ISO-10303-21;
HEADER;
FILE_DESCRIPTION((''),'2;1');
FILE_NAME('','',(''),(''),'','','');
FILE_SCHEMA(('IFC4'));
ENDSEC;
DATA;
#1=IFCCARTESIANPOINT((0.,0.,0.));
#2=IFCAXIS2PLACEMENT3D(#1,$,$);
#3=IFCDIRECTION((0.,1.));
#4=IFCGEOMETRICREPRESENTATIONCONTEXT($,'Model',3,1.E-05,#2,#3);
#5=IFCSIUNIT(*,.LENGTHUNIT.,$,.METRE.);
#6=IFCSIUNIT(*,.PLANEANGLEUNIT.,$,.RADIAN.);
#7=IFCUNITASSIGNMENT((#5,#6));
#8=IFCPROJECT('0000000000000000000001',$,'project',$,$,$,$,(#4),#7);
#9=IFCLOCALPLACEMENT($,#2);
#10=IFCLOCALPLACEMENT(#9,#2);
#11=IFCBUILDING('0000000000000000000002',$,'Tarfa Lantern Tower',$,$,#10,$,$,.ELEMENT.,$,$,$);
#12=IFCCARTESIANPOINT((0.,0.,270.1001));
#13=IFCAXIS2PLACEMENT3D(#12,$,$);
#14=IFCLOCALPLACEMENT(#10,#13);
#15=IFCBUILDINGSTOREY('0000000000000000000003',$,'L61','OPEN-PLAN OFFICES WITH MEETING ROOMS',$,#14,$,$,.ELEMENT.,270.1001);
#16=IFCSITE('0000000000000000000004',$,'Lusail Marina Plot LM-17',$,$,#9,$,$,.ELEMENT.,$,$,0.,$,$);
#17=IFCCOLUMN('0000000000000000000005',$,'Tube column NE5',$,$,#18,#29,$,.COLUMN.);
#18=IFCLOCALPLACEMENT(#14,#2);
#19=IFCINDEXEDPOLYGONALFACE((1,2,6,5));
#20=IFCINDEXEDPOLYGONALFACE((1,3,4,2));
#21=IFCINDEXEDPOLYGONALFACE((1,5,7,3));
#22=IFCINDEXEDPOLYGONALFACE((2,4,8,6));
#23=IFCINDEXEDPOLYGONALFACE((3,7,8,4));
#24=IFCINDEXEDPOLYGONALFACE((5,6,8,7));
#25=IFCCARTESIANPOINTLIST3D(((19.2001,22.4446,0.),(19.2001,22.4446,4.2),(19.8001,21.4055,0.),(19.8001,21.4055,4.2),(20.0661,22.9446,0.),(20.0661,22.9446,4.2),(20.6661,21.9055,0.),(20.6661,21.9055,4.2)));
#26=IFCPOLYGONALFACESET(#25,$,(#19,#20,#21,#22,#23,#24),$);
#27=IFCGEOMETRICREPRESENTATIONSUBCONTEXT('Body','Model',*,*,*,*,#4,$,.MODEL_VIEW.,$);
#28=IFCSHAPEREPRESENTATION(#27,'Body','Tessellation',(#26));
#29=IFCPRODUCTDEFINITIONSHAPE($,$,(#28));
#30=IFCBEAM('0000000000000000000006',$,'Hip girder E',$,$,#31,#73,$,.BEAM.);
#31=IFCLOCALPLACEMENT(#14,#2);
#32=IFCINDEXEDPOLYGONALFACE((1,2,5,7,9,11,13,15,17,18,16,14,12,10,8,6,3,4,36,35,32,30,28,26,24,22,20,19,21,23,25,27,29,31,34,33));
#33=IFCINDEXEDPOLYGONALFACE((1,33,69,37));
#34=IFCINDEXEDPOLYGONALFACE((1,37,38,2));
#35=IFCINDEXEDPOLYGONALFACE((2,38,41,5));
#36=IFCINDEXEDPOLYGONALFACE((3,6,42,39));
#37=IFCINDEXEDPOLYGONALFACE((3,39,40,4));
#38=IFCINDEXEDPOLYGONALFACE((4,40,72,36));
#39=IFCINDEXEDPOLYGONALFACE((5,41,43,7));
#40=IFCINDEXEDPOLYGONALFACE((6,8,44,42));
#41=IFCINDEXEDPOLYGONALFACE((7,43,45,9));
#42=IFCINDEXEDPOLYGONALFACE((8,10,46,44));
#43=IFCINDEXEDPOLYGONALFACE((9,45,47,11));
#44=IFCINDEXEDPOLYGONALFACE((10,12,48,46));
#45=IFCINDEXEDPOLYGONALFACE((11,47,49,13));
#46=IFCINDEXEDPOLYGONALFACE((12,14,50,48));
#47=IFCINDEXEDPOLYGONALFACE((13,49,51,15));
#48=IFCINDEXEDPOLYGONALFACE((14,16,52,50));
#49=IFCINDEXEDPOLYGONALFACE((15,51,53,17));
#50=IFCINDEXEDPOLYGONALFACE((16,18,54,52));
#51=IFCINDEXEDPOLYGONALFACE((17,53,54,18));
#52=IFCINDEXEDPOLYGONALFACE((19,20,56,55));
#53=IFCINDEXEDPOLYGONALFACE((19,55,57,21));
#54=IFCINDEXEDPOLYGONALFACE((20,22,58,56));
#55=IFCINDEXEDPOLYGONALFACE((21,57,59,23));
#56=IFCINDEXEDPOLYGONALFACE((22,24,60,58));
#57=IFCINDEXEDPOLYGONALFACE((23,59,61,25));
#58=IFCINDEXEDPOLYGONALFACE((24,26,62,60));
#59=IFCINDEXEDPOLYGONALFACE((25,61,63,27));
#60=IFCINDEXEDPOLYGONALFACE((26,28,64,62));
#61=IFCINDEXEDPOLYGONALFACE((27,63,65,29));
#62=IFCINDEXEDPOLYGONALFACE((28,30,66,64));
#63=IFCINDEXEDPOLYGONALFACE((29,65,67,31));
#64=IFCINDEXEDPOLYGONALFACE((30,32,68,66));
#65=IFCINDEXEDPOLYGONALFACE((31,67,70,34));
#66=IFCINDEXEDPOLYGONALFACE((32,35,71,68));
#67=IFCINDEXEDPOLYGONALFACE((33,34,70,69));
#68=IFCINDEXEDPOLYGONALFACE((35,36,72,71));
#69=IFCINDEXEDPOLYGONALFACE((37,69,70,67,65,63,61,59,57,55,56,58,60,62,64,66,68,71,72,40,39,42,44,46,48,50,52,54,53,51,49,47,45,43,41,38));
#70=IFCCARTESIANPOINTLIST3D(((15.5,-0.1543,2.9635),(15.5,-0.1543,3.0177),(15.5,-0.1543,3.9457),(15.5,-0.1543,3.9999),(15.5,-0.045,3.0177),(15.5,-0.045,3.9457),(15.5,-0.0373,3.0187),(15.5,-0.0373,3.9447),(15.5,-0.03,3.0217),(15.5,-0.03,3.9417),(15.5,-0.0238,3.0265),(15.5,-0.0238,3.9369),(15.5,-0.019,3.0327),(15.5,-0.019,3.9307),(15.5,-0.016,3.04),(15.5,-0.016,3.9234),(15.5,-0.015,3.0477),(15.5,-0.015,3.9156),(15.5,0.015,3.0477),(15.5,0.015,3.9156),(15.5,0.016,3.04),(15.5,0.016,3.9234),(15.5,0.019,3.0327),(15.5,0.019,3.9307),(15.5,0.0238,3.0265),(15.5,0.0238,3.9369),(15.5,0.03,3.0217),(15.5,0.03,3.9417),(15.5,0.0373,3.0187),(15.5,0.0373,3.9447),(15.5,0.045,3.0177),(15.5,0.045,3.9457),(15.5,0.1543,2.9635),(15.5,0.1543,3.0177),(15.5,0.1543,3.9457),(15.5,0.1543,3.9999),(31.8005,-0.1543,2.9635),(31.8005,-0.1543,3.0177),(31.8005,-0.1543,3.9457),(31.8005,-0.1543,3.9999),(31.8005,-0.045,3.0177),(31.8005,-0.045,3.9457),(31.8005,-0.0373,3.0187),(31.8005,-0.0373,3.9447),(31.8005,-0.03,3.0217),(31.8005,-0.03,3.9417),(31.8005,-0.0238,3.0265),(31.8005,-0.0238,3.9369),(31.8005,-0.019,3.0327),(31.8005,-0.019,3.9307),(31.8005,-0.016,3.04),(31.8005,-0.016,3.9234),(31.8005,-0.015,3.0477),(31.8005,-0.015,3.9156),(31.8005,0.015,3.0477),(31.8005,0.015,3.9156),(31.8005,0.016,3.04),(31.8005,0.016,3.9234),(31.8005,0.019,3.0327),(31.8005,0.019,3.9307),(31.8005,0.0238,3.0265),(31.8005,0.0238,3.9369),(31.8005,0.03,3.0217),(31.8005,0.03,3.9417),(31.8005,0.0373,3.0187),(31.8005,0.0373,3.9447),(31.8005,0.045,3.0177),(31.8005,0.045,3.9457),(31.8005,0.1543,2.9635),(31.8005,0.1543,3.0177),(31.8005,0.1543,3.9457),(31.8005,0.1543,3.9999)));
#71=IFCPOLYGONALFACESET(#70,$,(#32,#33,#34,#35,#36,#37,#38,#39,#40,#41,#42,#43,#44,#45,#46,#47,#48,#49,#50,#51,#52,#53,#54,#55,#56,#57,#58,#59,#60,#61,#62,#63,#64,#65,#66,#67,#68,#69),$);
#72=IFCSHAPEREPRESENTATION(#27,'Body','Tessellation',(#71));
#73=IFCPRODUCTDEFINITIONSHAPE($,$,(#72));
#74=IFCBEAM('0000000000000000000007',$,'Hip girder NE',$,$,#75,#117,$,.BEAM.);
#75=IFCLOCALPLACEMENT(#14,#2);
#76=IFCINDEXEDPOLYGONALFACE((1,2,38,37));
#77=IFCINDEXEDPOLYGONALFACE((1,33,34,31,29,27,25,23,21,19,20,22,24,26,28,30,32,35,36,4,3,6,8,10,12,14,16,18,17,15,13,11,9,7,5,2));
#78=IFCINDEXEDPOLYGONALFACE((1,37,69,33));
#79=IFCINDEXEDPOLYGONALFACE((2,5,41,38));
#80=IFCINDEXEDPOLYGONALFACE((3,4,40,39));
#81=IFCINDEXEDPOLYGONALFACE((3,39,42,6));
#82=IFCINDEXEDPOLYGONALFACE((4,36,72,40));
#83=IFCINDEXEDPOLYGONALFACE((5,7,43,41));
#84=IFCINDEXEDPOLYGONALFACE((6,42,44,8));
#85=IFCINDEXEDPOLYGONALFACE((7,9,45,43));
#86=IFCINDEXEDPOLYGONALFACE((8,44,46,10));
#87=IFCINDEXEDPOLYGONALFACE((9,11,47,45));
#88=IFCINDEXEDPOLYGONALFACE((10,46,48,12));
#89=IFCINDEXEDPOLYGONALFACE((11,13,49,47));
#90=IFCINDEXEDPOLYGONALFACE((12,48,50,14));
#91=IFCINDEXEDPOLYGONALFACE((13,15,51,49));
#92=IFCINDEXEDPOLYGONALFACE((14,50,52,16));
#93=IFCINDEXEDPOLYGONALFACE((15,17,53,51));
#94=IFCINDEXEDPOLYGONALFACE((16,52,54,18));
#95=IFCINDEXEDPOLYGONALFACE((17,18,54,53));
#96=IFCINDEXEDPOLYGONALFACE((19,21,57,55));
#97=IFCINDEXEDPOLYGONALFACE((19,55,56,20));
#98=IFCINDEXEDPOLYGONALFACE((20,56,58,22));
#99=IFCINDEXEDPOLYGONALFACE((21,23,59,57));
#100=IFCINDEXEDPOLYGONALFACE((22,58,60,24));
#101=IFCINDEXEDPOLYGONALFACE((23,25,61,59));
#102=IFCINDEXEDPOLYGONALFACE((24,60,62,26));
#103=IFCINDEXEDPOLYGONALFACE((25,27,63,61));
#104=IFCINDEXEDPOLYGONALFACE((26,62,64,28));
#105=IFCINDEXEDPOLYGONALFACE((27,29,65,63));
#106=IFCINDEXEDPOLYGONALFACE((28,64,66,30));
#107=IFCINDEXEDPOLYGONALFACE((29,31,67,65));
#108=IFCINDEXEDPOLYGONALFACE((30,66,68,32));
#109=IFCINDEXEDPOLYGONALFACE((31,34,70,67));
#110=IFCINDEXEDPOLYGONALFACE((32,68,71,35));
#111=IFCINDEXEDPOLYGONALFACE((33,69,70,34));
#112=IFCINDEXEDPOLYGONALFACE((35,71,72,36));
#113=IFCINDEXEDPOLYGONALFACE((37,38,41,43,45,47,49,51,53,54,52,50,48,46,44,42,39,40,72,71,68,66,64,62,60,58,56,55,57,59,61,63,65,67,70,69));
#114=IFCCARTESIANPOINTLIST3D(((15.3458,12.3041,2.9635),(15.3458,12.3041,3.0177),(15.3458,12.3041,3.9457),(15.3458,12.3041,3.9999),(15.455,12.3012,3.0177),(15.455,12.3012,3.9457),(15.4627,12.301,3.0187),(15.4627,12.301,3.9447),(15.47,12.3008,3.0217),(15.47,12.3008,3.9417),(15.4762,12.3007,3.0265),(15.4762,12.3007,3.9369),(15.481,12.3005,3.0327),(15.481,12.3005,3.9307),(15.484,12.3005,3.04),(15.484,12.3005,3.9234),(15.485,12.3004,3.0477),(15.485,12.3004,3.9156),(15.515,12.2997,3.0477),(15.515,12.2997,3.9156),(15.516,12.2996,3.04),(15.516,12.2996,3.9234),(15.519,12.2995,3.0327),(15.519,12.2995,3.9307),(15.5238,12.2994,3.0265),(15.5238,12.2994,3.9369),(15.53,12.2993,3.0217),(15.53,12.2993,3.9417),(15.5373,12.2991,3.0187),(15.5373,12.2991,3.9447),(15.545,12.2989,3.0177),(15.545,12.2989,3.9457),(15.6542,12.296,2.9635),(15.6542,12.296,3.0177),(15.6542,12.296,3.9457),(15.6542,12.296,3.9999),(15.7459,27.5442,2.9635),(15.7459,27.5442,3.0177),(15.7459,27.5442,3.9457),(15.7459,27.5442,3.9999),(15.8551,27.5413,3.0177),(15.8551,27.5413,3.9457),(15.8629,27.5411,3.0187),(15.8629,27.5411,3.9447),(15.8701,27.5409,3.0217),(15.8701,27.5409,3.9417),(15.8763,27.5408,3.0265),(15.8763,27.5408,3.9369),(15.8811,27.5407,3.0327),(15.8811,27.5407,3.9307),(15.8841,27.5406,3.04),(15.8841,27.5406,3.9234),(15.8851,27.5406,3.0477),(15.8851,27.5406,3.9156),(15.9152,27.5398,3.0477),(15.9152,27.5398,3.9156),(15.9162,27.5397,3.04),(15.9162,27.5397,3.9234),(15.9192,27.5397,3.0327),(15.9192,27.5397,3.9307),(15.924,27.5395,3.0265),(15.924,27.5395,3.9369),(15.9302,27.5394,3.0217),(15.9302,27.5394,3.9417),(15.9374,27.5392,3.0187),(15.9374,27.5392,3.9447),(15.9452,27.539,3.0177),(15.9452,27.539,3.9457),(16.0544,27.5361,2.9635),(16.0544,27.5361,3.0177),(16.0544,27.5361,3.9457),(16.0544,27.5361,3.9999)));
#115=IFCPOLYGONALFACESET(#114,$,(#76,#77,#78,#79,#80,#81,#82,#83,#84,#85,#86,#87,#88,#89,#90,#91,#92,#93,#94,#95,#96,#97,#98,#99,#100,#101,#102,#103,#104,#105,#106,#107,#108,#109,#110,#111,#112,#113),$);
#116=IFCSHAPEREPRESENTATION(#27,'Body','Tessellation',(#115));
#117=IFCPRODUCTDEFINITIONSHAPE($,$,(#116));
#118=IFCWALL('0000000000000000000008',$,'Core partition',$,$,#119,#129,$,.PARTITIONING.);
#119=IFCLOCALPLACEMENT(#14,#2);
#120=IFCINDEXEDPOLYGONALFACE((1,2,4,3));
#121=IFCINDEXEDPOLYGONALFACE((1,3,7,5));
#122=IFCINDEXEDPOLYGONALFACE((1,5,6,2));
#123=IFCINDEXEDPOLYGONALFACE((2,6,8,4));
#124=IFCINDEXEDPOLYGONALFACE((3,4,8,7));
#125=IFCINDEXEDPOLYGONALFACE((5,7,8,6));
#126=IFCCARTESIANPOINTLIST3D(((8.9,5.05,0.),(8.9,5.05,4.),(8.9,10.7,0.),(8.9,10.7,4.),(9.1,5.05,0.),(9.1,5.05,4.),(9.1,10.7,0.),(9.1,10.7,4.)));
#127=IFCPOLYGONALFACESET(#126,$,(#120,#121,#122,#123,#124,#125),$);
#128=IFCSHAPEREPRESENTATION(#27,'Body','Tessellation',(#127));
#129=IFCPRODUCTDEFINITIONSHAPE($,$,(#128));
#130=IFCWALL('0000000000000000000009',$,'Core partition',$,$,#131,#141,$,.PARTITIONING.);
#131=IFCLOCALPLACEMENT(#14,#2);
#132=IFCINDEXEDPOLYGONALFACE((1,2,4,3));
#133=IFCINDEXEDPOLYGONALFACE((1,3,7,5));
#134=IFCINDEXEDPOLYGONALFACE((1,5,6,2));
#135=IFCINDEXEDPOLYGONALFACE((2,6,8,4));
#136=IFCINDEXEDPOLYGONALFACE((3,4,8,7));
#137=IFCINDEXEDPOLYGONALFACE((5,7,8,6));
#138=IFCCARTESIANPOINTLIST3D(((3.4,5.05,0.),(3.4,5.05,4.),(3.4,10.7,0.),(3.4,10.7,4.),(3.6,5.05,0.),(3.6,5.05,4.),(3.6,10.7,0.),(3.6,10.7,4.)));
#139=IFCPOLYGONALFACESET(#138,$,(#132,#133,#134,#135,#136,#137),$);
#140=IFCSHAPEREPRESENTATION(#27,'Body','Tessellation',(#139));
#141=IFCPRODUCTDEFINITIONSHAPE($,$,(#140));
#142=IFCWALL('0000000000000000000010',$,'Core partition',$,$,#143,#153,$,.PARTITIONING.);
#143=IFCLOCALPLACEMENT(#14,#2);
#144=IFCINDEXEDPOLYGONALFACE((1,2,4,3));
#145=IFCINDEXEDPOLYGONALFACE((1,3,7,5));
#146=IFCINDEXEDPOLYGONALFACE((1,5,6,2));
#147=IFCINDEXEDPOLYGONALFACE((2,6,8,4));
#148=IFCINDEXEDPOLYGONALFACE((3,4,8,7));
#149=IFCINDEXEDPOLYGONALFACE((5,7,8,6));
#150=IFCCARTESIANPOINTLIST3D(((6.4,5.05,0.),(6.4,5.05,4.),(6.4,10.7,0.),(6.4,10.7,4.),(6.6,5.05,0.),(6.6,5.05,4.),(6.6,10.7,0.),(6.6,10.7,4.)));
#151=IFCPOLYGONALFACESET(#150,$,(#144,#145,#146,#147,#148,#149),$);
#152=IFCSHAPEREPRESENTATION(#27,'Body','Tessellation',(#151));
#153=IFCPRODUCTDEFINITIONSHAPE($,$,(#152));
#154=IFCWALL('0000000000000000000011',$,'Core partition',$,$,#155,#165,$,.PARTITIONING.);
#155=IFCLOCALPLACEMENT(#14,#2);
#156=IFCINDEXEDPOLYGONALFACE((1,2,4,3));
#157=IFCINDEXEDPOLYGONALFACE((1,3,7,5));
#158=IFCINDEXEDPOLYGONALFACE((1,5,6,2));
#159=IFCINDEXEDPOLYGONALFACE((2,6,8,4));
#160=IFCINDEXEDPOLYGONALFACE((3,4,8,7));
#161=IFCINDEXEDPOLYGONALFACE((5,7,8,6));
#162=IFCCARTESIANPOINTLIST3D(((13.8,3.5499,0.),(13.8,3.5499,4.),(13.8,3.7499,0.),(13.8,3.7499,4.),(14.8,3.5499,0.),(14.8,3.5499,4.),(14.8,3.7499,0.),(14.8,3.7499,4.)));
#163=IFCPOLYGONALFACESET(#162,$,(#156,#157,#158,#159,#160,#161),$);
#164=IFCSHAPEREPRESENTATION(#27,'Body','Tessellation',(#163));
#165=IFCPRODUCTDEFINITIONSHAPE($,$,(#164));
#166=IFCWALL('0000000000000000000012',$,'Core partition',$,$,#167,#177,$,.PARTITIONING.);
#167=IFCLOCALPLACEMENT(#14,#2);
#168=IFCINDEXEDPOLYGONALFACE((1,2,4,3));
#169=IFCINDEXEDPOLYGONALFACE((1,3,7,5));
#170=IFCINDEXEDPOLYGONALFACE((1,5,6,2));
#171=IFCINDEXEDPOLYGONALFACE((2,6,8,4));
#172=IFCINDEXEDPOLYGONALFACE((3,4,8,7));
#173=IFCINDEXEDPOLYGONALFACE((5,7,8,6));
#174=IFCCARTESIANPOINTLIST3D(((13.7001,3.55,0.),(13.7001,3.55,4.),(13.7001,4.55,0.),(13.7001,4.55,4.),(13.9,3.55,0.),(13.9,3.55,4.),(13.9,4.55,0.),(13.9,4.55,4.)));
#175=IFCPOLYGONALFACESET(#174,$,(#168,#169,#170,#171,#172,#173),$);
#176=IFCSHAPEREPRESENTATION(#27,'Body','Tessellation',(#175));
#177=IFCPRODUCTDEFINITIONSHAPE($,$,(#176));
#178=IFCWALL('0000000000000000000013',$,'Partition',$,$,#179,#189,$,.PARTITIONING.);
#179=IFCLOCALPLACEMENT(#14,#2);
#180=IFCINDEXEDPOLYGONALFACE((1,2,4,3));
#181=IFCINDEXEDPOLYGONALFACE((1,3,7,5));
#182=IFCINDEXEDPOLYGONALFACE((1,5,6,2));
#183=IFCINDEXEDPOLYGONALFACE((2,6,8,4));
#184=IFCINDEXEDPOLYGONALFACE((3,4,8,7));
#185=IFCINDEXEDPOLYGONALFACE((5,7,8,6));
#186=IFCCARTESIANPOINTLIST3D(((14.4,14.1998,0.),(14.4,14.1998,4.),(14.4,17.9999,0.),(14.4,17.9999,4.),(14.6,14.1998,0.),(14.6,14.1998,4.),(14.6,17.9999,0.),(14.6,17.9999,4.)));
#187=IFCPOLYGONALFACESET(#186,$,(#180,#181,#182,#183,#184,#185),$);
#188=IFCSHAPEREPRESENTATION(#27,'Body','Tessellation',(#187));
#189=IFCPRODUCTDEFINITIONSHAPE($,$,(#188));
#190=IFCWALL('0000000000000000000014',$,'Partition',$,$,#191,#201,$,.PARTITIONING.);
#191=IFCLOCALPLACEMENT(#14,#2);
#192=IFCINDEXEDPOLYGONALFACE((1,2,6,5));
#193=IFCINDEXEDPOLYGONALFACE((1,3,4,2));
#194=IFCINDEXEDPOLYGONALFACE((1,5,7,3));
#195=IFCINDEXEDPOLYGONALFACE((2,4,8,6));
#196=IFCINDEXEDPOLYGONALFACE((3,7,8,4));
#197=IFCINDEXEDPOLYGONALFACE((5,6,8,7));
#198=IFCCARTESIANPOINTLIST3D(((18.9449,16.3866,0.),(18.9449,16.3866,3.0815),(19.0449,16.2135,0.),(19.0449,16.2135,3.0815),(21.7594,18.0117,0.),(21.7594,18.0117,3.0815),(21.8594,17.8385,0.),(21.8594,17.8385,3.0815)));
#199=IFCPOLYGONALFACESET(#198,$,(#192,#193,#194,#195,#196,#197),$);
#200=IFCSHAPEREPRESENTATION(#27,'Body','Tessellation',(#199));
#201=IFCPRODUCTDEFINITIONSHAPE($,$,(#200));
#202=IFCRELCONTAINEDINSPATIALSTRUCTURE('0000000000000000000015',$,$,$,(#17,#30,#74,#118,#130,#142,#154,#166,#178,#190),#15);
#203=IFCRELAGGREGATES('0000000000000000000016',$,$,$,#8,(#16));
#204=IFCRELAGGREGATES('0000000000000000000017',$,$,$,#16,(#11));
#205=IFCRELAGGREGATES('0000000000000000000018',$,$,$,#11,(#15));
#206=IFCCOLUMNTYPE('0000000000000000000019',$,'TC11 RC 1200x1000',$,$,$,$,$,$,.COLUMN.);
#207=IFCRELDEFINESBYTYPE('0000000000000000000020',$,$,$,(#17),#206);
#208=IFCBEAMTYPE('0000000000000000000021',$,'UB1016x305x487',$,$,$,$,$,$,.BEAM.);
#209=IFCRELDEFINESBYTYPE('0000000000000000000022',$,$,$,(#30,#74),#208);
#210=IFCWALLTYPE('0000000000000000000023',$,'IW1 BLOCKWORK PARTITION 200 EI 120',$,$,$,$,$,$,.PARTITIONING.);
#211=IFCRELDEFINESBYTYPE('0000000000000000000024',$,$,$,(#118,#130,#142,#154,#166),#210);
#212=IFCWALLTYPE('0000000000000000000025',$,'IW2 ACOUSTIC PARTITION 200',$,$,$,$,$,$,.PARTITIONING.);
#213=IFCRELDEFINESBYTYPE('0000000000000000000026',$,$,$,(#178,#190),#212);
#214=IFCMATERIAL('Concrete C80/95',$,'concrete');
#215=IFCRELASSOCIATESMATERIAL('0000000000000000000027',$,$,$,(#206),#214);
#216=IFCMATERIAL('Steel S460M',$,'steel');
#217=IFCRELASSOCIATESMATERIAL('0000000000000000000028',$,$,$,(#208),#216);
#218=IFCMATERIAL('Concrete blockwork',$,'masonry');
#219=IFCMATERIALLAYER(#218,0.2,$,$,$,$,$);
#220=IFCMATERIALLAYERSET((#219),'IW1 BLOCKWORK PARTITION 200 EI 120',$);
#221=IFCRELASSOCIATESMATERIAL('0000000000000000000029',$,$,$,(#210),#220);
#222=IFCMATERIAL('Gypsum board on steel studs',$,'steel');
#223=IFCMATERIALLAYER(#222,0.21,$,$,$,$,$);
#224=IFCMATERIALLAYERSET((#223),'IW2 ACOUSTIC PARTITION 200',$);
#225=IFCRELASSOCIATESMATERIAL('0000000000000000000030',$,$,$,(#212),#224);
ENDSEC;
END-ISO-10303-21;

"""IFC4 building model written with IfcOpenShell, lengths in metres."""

from ifc_helpers import new_model, si_unit, direction, frame, frame_2d, origin, origin_2d, place, context, subcontext, project, spatial, rectangle, i_section, extrude, material, layer, layer_set, material_profile, profile_set, type_object, element, save


model = new_model("IFC4")

# Units and contexts
model_context = context("Model", 3, precision=1e-05, world=origin(), true_north=direction((0.0, 1.0)))
body_context = subcontext(model_context, "Body", "Model", "MODEL_VIEW")
ifc_project = project(units=[si_unit("LENGTHUNIT", "METRE"), si_unit("PLANEANGLEUNIT", "RADIAN")], contexts=[model_context])

# Site, building, storey
site_placement = place(None, origin())
site = spatial("IfcSite", under=ifc_project, at=site_placement, Name="Lusail Marina Plot LM-17", CompositionType="ELEMENT", RefElevation=0.0)
building_placement = place(site_placement, origin())
building = spatial("IfcBuilding", under=site, at=building_placement, Name="Tarfa Lantern Tower", CompositionType="ELEMENT")
storey_placement = place(building_placement, frame((0.0, 0.0, 270.1001)))
storey = spatial("IfcBuildingStorey", under=building, at=storey_placement, Name="L61", Description="OPEN-PLAN OFFICES WITH MEETING ROOMS", CompositionType="ELEMENT", Elevation=270.1001)

# Column
ifc_material_1 = material(Name="Concrete C80/95", Category="concrete")
ifc_material_profile_1 = material_profile(ifc_material_1, rectangle(XDim=1.2, YDim=1.0, at=origin_2d()), Name="RC 1200x1000")
ifc_profile_set_1 = profile_set([ifc_material_profile_1], Name="Concrete C80/95")
column_type = type_object("IfcColumnType", Name="TC11 RC 1200x1000", PredefinedType="COLUMN", material=ifc_profile_set_1)
column_placement = place(storey_placement, frame((19.9331, 22.175, 0.0), z_axis=(0.0, 0.0, 1.0), x_axis=(-0.5, 0.866025, 0.0)))
element("IfcColumn", 1, at=column_placement, inside=storey, type_object=column_type, Name="Tube column NE5", PredefinedType="COLUMN", context=body_context, shape_type="SweptSolid", body=[
    extrude(rectangle(XDim=1.2, YDim=1.0, at=origin_2d()), origin(), (0.0, 0.0, 1.0), 4.2),
])

# Beams
ifc_material_2 = material(Name="Steel S460M", Category="steel")
ifc_material_profile_2 = material_profile(ifc_material_2, i_section(OverallWidth=0.3086, OverallDepth=1.0364, WebThickness=0.03, FlangeThickness=0.0542, FilletRadius=0.03, at=origin_2d()), Name="UB1016x305x487")
ifc_profile_set_2 = profile_set([ifc_material_profile_2], Name="Steel S460M")
beam_type = type_object("IfcBeamType", Name="UB1016x305x487", PredefinedType="BEAM", material=ifc_profile_set_2)
beam_1_placement = place(storey_placement, frame((15.5, 0.0, 3.4817), z_axis=(1.0, 0.0, 0.0), x_axis=(0.0, 1.0, 0.0)))
element("IfcBeam", 2, at=beam_1_placement, inside=storey, type_object=beam_type, Name="Hip girder E", PredefinedType="BEAM", context=body_context, shape_type="SweptSolid", body=[
    extrude(i_section(OverallWidth=0.3086, OverallDepth=1.0364, WebThickness=0.03, FlangeThickness=0.0542, FilletRadius=0.03, at=origin_2d()), origin(), (0.0, 0.0, 1.0), 16.3005),
])
beam_2_placement = place(storey_placement, frame((15.5, 12.3, 3.4817), z_axis=(0.026247, 0.999655, 0.0), x_axis=(-0.999655, 0.026247, 0.0)))
element("IfcBeam", 3, at=beam_2_placement, inside=storey, type_object=beam_type, Name="Hip girder NE", PredefinedType="BEAM", context=body_context, shape_type="SweptSolid", body=[
    extrude(i_section(OverallWidth=0.3086, OverallDepth=1.0364, WebThickness=0.03, FlangeThickness=0.0542, FilletRadius=0.03, at=origin_2d()), origin(), (0.0, 0.0, 1.0), 15.2454),
])

# Walls
ifc_material_3 = material(Name="Concrete blockwork", Category="masonry")
ifc_layer_1 = layer(ifc_material_3, 0.2)
ifc_layer_set_1 = layer_set([ifc_layer_1], Name="IW1 BLOCKWORK PARTITION 200 EI 120")
wall_type_1 = type_object("IfcWallType", Name="IW1 BLOCKWORK PARTITION 200 EI 120", PredefinedType="PARTITIONING", material=ifc_layer_set_1)
for number, where, z_axis, x_axis, name in (
    (4, (9.0, 5.05, 0.0), (0.0, 0.0, 1.0), (0.0, 1.0, 0.0), "Core partition"),
    (5, (3.5, 5.05, 0.0), (0.0, 0.0, 1.0), (0.0, 1.0, 0.0), "Core partition"),
    (6, (6.5, 5.05, 0.0), (0.0, 0.0, 1.0), (0.0, 1.0, 0.0), "Core partition"),
):
    element("IfcWall", number, at=place(storey_placement, frame(where, z_axis=z_axis, x_axis=x_axis)), inside=storey, type_object=wall_type_1, Name=name, PredefinedType="PARTITIONING", context=body_context, shape_type="SweptSolid", body=[
        extrude(rectangle(XDim=5.6499, YDim=0.2, at=frame_2d((2.825, 0.0))), origin(), (0.0, 0.0, 1.0), 4.0),
    ])
for number, where, z_axis, x_axis, name in (
    (7, (13.8, 3.6499, 0.0), (0.0, 0.0, 1.0), (1.0, 0.0, 0.0), "Core partition"),
    (8, (13.8, 3.55, 0.0), (0.0, 0.0, 1.0), (0.0, 1.0, 0.0), "Core partition"),
):
    element("IfcWall", number, at=place(storey_placement, frame(where, z_axis=z_axis, x_axis=x_axis)), inside=storey, type_object=wall_type_1, Name=name, PredefinedType="PARTITIONING", context=body_context, shape_type="SweptSolid", body=[
        extrude(rectangle(XDim=1.0, YDim=0.2, at=frame_2d((0.5, 0.0))), origin(), (0.0, 0.0, 1.0), 4.0),
    ])
ifc_material_4 = material(Name="Gypsum board on steel studs", Category="steel")
ifc_layer_2 = layer(ifc_material_4, 0.21)
ifc_layer_set_2 = layer_set([ifc_layer_2], Name="IW2 ACOUSTIC PARTITION 200")
wall_type_2 = type_object("IfcWallType", Name="IW2 ACOUSTIC PARTITION 200", PredefinedType="PARTITIONING", material=ifc_layer_set_2)
wall_1_placement = place(storey_placement, frame((14.5, 14.2, 0.0), z_axis=(0.0, 0.0, 1.0), x_axis=(0.0, 1.0, 0.0)))
element("IfcWall", 9, at=wall_1_placement, inside=storey, type_object=wall_type_2, Name="Partition", PredefinedType="PARTITIONING", context=body_context, shape_type="SweptSolid", body=[
    extrude(rectangle(XDim=3.8, YDim=0.2, at=frame_2d((1.8999, 0.0))), origin(), (0.0, 0.0, 1.0), 4.0),
])
wall_2_placement = place(storey_placement, frame((18.9949, 16.3, 0.0), z_axis=(0.0, 0.0, 1.0), x_axis=(0.866015, 0.500017, 0.0)))
element("IfcWall", 10, at=wall_2_placement, inside=storey, type_object=wall_type_2, Name="Partition", PredefinedType="PARTITIONING", context=body_context, shape_type="SweptSolid", body=[
    extrude(rectangle(XDim=3.25, YDim=0.2, at=frame_2d((1.625, 0.0))), origin(), (0.0, 0.0, 1.0), 3.0815),
])

save(model, "model.ifc")
